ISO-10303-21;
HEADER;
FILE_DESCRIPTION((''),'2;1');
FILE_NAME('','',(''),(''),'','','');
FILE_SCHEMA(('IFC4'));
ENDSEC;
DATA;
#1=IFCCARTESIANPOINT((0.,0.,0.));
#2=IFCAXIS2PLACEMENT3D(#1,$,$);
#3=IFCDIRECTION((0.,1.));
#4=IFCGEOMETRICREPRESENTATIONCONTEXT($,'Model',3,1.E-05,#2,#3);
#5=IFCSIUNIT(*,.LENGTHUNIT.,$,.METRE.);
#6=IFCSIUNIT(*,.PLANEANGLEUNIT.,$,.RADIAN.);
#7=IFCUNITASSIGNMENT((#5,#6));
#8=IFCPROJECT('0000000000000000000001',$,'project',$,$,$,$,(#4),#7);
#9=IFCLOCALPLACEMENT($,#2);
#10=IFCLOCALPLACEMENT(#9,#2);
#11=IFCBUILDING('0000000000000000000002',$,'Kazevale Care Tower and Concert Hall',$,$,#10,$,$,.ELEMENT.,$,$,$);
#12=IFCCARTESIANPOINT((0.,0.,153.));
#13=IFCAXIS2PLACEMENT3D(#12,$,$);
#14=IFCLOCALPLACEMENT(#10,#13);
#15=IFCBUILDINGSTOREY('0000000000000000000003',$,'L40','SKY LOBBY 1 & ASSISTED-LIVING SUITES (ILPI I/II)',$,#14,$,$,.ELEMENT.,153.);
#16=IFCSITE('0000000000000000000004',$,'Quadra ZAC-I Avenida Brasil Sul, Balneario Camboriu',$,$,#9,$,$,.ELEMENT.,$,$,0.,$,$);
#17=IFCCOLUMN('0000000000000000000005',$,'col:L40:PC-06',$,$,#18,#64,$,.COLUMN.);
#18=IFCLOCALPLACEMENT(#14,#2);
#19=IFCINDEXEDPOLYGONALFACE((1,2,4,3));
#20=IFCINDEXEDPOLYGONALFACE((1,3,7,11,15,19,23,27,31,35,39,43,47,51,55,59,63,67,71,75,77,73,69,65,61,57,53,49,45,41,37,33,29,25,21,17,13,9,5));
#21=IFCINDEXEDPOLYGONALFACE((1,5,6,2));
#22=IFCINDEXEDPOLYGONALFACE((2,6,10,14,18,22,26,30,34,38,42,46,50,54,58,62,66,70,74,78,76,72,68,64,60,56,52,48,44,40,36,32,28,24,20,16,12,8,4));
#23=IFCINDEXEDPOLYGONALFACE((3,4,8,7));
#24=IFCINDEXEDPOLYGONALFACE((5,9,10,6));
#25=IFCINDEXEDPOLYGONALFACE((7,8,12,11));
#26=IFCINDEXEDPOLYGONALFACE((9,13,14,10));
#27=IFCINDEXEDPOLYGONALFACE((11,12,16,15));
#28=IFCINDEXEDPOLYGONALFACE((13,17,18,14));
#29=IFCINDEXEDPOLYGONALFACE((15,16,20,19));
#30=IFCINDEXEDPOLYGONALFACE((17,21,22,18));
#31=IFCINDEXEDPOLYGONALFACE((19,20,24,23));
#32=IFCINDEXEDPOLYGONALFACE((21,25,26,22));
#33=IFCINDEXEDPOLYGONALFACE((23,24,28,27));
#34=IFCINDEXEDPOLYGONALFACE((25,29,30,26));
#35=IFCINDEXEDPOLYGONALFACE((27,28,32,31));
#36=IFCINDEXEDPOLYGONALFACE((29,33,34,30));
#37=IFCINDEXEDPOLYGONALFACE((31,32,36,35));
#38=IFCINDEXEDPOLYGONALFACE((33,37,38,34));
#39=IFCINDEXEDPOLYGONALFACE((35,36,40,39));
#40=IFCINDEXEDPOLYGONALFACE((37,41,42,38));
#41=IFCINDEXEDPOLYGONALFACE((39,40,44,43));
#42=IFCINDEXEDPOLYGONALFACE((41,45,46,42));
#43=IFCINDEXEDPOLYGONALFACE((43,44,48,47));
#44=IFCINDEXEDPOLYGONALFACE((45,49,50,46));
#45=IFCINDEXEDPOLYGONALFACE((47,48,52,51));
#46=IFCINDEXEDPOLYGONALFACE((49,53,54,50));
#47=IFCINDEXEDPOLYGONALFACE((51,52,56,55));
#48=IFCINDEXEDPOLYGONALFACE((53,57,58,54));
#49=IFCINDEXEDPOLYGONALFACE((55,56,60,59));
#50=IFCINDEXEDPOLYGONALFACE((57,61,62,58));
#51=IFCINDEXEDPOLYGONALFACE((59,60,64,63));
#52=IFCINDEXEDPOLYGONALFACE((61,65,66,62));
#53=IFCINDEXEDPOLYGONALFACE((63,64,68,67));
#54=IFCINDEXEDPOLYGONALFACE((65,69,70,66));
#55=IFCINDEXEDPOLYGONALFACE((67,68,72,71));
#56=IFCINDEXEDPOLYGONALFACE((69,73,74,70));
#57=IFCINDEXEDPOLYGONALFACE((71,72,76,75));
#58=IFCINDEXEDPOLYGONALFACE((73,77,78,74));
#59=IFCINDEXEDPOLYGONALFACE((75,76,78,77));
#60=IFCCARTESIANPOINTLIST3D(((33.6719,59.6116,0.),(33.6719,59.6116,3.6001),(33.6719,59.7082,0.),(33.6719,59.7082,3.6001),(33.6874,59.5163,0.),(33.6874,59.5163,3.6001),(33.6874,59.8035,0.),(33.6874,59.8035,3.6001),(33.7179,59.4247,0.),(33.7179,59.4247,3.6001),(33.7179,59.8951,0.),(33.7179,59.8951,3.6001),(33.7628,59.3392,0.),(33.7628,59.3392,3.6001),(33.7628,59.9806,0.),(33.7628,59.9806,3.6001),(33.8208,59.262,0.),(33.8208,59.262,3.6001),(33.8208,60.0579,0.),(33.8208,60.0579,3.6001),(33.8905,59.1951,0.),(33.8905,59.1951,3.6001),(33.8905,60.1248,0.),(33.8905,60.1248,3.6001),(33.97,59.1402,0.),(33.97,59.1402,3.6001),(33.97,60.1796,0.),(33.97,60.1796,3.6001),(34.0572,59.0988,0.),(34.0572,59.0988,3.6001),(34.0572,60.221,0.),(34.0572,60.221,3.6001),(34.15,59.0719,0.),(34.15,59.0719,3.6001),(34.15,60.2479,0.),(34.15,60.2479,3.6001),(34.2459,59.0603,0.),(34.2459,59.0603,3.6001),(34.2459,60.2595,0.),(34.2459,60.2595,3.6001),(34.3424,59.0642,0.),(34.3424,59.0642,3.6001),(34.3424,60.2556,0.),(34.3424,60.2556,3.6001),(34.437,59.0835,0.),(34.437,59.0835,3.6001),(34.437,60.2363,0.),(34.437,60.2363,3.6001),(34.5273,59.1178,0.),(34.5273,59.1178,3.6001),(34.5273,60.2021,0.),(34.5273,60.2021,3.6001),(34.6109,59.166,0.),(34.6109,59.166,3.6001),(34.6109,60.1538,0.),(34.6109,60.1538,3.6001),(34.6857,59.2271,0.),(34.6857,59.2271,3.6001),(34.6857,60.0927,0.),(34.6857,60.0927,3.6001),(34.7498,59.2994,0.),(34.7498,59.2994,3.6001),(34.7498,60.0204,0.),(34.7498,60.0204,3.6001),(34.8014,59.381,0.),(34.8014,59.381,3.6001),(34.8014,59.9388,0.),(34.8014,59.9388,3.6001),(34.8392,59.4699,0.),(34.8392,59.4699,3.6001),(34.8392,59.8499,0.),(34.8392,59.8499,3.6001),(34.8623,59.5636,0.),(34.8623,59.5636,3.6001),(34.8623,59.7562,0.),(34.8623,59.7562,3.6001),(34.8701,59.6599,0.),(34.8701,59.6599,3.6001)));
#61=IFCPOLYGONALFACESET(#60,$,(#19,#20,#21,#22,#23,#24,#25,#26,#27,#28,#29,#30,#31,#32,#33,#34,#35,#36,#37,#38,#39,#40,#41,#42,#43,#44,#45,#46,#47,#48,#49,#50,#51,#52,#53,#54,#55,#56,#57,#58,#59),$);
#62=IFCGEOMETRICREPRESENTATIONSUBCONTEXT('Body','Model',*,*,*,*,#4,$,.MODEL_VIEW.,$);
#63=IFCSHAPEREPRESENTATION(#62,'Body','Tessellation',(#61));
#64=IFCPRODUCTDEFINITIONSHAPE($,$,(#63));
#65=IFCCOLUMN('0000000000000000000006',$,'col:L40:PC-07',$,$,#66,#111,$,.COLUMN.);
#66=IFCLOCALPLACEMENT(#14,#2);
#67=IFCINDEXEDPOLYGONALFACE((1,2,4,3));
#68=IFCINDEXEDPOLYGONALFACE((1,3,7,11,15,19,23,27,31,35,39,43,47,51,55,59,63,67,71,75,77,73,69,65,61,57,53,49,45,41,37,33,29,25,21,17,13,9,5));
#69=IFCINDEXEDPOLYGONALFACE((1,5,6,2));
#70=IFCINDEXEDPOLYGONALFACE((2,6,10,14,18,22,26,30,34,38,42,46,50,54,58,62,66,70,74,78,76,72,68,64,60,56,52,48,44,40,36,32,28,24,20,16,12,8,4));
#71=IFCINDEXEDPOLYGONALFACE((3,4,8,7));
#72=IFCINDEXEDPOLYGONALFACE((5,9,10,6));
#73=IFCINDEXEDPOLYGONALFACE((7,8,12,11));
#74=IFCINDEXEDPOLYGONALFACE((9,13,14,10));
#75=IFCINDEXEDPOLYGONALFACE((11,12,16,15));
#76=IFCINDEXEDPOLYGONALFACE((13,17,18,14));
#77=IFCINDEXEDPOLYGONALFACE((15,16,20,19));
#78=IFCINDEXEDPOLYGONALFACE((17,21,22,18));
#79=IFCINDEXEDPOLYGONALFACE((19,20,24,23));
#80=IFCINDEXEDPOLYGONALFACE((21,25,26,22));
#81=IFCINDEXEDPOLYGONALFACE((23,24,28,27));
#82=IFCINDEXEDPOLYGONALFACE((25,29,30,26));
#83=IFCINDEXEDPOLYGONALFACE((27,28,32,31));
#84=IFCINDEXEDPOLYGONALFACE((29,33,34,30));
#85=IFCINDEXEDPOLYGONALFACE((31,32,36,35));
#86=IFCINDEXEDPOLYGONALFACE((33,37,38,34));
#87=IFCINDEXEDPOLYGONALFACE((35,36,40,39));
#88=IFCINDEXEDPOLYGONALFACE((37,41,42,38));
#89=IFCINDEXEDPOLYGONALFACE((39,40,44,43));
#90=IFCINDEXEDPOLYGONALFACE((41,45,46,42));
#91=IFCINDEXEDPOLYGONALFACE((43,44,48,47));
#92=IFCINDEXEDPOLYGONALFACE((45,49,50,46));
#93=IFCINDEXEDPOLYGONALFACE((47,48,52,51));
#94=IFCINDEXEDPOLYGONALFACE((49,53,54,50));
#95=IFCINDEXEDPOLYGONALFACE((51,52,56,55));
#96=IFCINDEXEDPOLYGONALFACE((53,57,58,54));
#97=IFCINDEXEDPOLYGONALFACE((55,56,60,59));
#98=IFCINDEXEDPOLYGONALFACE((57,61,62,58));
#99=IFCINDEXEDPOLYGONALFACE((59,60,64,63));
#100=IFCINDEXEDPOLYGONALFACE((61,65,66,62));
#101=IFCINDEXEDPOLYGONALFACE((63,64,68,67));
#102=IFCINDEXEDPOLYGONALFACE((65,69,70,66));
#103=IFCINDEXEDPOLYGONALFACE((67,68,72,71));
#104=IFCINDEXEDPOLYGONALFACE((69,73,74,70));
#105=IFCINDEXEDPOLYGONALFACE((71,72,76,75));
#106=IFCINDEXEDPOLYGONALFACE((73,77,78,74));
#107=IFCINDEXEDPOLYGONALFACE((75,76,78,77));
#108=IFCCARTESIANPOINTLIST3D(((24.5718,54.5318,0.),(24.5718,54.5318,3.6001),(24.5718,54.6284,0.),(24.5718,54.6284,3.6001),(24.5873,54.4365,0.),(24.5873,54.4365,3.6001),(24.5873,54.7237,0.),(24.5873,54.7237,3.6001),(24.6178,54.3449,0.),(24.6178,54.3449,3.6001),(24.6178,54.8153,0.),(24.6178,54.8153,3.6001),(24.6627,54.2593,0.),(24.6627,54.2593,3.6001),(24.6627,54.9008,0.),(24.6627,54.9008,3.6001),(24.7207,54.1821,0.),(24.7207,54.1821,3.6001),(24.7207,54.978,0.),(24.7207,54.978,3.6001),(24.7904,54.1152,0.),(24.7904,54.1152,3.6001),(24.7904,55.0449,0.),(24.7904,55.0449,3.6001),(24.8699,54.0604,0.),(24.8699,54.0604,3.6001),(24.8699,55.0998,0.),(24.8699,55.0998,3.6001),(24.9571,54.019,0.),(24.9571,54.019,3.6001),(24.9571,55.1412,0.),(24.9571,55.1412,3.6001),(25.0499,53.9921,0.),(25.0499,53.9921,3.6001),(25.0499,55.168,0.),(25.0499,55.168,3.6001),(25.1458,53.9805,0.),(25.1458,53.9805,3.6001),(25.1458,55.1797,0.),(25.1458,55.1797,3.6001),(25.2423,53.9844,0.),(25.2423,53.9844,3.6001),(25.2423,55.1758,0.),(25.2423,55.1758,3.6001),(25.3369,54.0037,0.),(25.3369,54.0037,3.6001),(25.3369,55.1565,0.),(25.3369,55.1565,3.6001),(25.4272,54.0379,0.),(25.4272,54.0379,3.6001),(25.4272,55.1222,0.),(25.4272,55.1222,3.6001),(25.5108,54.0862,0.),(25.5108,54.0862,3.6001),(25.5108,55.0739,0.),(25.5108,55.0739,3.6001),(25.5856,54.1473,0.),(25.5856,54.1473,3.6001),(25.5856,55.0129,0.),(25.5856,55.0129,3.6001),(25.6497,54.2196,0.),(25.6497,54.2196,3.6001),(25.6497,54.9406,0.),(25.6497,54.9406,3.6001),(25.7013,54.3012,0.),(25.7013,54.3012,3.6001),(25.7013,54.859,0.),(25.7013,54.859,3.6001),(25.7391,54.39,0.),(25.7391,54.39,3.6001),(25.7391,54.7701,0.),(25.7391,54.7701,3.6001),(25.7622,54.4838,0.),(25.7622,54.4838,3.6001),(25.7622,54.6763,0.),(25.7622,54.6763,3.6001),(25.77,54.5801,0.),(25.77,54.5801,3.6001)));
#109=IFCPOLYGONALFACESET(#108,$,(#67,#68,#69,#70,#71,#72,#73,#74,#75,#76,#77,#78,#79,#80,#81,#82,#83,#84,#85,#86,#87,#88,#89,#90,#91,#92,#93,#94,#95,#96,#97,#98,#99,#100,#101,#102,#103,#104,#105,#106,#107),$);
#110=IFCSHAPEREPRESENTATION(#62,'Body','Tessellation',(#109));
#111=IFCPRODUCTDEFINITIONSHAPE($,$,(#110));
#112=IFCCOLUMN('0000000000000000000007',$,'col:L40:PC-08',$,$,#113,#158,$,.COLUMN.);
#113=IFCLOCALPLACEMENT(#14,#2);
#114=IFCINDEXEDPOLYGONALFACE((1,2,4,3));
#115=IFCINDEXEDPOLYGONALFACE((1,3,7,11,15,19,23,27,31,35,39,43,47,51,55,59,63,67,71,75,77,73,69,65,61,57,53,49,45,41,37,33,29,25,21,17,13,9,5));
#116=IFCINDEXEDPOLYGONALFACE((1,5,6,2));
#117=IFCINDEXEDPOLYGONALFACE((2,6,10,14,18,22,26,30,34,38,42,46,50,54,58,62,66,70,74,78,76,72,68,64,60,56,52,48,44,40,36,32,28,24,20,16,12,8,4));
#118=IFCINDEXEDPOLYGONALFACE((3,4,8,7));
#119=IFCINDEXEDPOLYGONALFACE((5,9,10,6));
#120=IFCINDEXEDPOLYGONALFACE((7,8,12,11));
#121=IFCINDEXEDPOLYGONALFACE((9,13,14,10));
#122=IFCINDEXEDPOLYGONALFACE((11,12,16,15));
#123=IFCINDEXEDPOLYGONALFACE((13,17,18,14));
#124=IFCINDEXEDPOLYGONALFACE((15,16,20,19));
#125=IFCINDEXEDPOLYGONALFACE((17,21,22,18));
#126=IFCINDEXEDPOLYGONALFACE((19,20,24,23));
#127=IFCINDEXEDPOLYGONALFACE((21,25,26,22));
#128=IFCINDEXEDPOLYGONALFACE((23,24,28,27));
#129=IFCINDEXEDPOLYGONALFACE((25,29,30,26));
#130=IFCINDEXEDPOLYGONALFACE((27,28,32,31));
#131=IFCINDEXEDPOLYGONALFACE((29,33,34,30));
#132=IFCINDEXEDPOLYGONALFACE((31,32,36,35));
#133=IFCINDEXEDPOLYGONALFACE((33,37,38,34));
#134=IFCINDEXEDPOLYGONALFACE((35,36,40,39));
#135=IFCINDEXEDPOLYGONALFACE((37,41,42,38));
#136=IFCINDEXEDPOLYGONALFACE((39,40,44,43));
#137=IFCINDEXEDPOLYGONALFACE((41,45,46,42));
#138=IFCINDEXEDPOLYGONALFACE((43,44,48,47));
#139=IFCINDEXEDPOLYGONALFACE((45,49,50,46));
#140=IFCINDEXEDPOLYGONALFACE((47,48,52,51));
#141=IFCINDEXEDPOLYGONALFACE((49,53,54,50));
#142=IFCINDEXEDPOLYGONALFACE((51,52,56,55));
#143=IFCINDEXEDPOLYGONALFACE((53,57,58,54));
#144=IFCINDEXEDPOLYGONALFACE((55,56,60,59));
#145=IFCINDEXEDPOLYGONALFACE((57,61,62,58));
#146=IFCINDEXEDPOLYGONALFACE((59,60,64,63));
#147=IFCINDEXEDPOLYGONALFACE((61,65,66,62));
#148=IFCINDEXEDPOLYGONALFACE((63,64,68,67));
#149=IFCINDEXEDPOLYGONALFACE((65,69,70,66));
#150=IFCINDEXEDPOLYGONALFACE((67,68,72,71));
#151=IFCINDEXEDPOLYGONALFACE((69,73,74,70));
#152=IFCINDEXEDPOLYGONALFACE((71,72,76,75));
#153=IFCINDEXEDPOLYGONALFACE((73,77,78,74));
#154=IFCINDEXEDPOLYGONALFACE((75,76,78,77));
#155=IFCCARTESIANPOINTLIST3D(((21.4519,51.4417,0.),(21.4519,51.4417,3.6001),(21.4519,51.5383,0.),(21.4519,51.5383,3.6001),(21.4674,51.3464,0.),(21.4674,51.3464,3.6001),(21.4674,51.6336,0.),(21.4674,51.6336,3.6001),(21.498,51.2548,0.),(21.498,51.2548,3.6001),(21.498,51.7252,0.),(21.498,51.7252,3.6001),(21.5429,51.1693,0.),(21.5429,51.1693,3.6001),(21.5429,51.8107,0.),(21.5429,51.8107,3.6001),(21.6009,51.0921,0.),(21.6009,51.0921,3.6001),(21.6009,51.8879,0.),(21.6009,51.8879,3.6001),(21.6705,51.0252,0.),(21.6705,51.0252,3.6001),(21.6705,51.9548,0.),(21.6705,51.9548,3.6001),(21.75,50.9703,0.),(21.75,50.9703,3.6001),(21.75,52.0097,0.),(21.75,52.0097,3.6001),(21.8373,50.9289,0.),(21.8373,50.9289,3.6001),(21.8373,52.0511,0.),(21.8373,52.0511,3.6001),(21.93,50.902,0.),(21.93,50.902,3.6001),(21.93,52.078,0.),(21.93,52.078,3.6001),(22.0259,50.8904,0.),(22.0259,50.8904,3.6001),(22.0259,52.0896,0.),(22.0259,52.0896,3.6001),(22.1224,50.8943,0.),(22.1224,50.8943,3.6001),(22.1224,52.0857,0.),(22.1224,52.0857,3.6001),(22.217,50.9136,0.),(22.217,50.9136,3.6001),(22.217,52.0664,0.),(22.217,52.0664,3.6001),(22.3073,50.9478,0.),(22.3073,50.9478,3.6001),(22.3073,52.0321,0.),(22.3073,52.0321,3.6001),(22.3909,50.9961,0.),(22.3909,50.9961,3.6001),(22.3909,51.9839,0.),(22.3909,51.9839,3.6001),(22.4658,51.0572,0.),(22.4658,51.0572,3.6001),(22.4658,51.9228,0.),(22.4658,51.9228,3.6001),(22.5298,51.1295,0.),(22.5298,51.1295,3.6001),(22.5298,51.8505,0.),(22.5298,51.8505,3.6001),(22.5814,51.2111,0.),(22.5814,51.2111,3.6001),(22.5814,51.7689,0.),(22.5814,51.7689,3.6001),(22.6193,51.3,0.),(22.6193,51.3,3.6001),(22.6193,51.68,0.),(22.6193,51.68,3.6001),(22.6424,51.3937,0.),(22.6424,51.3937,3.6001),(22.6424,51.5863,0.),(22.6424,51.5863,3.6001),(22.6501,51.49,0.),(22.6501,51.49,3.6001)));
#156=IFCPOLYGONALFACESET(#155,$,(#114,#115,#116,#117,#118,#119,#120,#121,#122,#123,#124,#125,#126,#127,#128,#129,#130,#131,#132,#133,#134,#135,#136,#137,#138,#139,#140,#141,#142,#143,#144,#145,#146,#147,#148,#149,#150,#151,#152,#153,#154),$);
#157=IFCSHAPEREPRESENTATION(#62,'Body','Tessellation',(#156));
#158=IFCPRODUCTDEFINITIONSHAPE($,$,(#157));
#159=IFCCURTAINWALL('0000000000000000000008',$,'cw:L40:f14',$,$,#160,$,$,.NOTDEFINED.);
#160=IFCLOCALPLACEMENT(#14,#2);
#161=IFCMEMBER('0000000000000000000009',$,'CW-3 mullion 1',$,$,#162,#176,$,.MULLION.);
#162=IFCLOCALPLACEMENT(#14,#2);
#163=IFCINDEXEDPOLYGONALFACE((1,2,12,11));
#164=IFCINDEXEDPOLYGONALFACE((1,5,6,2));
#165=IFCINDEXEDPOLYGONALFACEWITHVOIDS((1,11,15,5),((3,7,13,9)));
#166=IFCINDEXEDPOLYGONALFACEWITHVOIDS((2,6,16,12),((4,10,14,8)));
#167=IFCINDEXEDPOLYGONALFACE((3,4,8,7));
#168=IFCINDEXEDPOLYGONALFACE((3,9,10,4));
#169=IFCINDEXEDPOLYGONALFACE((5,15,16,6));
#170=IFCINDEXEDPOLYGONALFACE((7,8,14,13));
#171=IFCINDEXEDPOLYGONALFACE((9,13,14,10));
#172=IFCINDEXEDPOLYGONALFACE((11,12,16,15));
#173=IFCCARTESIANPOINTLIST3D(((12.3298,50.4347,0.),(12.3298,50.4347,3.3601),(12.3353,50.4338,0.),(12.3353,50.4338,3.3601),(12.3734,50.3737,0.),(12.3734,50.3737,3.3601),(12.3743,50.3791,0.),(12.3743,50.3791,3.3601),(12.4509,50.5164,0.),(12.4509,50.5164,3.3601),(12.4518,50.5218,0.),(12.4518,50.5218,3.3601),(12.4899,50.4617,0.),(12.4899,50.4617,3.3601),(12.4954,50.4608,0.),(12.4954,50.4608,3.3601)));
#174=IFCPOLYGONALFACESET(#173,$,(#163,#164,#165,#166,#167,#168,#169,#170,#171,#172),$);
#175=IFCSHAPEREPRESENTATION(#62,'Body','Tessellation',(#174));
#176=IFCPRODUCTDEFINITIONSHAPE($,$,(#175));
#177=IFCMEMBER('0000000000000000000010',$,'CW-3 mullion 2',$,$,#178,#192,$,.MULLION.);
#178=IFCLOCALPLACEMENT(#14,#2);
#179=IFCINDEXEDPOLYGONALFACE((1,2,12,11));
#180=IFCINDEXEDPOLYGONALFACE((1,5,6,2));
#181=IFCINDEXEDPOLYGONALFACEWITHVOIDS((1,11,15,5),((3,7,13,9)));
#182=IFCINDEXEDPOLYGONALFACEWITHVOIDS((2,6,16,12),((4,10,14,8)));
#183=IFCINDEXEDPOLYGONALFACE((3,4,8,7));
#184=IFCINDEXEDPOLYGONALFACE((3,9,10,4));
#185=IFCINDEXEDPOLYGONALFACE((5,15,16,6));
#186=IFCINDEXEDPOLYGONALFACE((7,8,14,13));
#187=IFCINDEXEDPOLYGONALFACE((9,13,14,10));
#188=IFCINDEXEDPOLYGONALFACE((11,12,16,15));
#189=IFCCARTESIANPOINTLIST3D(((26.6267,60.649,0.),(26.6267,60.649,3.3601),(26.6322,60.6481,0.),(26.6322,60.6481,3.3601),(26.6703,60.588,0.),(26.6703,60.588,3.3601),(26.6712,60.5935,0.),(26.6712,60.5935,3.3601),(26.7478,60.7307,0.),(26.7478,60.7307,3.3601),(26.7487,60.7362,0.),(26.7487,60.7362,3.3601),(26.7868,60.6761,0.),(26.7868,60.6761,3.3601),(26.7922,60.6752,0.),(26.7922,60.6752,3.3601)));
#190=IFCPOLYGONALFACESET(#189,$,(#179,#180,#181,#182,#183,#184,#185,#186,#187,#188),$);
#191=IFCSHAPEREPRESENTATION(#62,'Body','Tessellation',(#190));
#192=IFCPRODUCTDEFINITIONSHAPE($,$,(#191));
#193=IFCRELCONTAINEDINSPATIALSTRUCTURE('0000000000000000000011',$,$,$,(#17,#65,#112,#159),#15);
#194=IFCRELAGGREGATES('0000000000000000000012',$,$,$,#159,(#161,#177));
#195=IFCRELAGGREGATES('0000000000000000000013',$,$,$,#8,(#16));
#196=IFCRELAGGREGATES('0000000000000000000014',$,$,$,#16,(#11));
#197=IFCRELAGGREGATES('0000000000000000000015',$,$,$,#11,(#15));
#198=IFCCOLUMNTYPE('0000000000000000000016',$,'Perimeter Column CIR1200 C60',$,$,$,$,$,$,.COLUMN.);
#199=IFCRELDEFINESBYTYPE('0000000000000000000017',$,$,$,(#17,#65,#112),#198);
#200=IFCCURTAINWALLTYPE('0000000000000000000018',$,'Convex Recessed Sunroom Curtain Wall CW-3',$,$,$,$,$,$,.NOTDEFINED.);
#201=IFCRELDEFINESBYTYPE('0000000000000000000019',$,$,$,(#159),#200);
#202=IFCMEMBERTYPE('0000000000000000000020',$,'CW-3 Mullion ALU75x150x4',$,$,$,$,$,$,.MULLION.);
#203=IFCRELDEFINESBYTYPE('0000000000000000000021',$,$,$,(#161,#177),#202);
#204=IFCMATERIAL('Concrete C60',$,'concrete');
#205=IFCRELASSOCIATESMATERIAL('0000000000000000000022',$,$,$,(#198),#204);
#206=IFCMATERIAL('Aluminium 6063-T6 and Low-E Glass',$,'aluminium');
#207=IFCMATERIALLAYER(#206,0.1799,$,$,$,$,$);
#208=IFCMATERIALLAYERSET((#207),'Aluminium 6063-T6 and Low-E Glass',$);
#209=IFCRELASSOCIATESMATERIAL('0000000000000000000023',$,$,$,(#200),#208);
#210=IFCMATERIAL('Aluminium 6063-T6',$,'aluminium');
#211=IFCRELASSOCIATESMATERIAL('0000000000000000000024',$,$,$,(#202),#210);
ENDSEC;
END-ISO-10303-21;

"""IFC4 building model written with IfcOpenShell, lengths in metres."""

from ifc_helpers import new_model, si_unit, direction, frame, origin, origin_2d, place, context, subcontext, project, spatial, hollow_rectangle, circle, extrude, material, layer, layer_set, material_profile, profile_set, type_object, element, aggregate, save


model = new_model("IFC4")

# Units and contexts
model_context = context("Model", 3, precision=1e-05, world=origin(), true_north=direction((0.0, 1.0)))
body_context = subcontext(model_context, "Body", "Model", "MODEL_VIEW")
ifc_project = project(units=[si_unit("LENGTHUNIT", "METRE"), si_unit("PLANEANGLEUNIT", "RADIAN")], contexts=[model_context])

# Site, building, storey
site_placement = place(None, origin())
site = spatial("IfcSite", under=ifc_project, at=site_placement, Name="Quadra ZAC-I Avenida Brasil Sul, Balneario Camboriu", CompositionType="ELEMENT", RefElevation=0.0)
building_placement = place(site_placement, origin())
building = spatial("IfcBuilding", under=site, at=building_placement, Name="Kazevale Care Tower and Concert Hall", CompositionType="ELEMENT")
storey_placement = place(building_placement, frame((0.0, 0.0, 153.0)))
storey = spatial("IfcBuildingStorey", under=building, at=storey_placement, Name="L40", Description="SKY LOBBY 1 & ASSISTED-LIVING SUITES (ILPI I/II)", CompositionType="ELEMENT", Elevation=153.0)

# Columns
ifc_material_1 = material(Name="Concrete C60", Category="concrete")
ifc_material_profile_1 = material_profile(ifc_material_1, circle(Radius=0.6001, at=origin_2d()), Name="RC-CIR1200")
ifc_profile_set_1 = profile_set([ifc_material_profile_1], Name="Concrete C60")
column_type = type_object("IfcColumnType", Name="Perimeter Column CIR1200 C60", PredefinedType="COLUMN", material=ifc_profile_set_1)
for number, where, z_axis, x_axis, name in (
    (1, (34.27, 59.6599, 0.0), (0.0, 0.0, 1.0), (1.0, 0.0, 0.0), "col:L40:PC-06"),
    (2, (25.1699, 54.5801, 0.0), (0.0, 0.0, 1.0), (1.0, 0.0, 0.0), "col:L40:PC-07"),
    (3, (22.05, 51.49, 0.0), (0.0, 0.0, 1.0), (1.0, 0.0, 0.0), "col:L40:PC-08"),
):
    element("IfcColumn", number, at=place(storey_placement, frame(where, z_axis=z_axis, x_axis=x_axis)), inside=storey, type_object=column_type, Name=name, PredefinedType="COLUMN", context=body_context, shape_type="SweptSolid", body=[
        extrude(circle(Radius=0.6001, at=origin_2d()), origin(), (0.0, 0.0, 1.0), 3.6001),
    ])

# Curtain wall, members
ifc_material_2 = material(Name="Aluminium 6063-T6 and Low-E Glass", Category="aluminium")
ifc_layer_1 = layer(ifc_material_2, 0.1799)
ifc_layer_set_1 = layer_set([ifc_layer_1], Name="Aluminium 6063-T6 and Low-E Glass")
curtain_wall_type = type_object("IfcCurtainWallType", Name="Convex Recessed Sunroom Curtain Wall CW-3", PredefinedType="NOTDEFINED", material=ifc_layer_set_1)
curtain_wall_placement = place(storey_placement, origin())
curtain_wall = element("IfcCurtainWall", 4, at=curtain_wall_placement, inside=storey, type_object=curtain_wall_type, Name="cw:L40:f14", PredefinedType="NOTDEFINED")
ifc_material_3 = material(Name="Aluminium 6063-T6", Category="aluminium")
ifc_material_profile_2 = material_profile(ifc_material_3, hollow_rectangle(XDim=0.075, YDim=0.1499, WallThickness=0.0039, at=origin_2d()), Name="ALU75x150x4")
ifc_profile_set_2 = profile_set([ifc_material_profile_2], Name="Aluminium 6063-T6")
member_type_1 = type_object("IfcMemberType", Name="CW-3 Mullion ALU75x150x4", PredefinedType="MULLION", material=ifc_profile_set_2)
member_1_placement = place(storey_placement, frame((12.4126, 50.4478, 0.0), z_axis=(0.0, 0.0, 1.0), x_axis=(-0.581324, 0.813672, 0.0)))
member_1 = element("IfcMember", 5, at=member_1_placement, type_object=member_type_1, Name="CW-3 mullion 1", PredefinedType="MULLION", context=body_context, shape_type="SweptSolid", body=[
    extrude(hollow_rectangle(XDim=0.075, YDim=0.1499, WallThickness=0.0039, at=origin_2d()), origin(), (0.0, 0.0, 1.0), 3.3601),
])
member_2_placement = place(storey_placement, frame((26.7095, 60.6621, 0.0), z_axis=(0.0, 0.0, 1.0), x_axis=(-0.581324, 0.813672, 0.0)))
member_2 = element("IfcMember", 6, at=member_2_placement, type_object=member_type_1, Name="CW-3 mullion 2", PredefinedType="MULLION", context=body_context, shape_type="SweptSolid", body=[
    extrude(hollow_rectangle(XDim=0.075, YDim=0.1499, WallThickness=0.0039, at=origin_2d()), origin(), (0.0, 0.0, 1.0), 3.3601),
])

aggregate(curtain_wall, [member_1, member_2])

save(model, "model.ifc")
